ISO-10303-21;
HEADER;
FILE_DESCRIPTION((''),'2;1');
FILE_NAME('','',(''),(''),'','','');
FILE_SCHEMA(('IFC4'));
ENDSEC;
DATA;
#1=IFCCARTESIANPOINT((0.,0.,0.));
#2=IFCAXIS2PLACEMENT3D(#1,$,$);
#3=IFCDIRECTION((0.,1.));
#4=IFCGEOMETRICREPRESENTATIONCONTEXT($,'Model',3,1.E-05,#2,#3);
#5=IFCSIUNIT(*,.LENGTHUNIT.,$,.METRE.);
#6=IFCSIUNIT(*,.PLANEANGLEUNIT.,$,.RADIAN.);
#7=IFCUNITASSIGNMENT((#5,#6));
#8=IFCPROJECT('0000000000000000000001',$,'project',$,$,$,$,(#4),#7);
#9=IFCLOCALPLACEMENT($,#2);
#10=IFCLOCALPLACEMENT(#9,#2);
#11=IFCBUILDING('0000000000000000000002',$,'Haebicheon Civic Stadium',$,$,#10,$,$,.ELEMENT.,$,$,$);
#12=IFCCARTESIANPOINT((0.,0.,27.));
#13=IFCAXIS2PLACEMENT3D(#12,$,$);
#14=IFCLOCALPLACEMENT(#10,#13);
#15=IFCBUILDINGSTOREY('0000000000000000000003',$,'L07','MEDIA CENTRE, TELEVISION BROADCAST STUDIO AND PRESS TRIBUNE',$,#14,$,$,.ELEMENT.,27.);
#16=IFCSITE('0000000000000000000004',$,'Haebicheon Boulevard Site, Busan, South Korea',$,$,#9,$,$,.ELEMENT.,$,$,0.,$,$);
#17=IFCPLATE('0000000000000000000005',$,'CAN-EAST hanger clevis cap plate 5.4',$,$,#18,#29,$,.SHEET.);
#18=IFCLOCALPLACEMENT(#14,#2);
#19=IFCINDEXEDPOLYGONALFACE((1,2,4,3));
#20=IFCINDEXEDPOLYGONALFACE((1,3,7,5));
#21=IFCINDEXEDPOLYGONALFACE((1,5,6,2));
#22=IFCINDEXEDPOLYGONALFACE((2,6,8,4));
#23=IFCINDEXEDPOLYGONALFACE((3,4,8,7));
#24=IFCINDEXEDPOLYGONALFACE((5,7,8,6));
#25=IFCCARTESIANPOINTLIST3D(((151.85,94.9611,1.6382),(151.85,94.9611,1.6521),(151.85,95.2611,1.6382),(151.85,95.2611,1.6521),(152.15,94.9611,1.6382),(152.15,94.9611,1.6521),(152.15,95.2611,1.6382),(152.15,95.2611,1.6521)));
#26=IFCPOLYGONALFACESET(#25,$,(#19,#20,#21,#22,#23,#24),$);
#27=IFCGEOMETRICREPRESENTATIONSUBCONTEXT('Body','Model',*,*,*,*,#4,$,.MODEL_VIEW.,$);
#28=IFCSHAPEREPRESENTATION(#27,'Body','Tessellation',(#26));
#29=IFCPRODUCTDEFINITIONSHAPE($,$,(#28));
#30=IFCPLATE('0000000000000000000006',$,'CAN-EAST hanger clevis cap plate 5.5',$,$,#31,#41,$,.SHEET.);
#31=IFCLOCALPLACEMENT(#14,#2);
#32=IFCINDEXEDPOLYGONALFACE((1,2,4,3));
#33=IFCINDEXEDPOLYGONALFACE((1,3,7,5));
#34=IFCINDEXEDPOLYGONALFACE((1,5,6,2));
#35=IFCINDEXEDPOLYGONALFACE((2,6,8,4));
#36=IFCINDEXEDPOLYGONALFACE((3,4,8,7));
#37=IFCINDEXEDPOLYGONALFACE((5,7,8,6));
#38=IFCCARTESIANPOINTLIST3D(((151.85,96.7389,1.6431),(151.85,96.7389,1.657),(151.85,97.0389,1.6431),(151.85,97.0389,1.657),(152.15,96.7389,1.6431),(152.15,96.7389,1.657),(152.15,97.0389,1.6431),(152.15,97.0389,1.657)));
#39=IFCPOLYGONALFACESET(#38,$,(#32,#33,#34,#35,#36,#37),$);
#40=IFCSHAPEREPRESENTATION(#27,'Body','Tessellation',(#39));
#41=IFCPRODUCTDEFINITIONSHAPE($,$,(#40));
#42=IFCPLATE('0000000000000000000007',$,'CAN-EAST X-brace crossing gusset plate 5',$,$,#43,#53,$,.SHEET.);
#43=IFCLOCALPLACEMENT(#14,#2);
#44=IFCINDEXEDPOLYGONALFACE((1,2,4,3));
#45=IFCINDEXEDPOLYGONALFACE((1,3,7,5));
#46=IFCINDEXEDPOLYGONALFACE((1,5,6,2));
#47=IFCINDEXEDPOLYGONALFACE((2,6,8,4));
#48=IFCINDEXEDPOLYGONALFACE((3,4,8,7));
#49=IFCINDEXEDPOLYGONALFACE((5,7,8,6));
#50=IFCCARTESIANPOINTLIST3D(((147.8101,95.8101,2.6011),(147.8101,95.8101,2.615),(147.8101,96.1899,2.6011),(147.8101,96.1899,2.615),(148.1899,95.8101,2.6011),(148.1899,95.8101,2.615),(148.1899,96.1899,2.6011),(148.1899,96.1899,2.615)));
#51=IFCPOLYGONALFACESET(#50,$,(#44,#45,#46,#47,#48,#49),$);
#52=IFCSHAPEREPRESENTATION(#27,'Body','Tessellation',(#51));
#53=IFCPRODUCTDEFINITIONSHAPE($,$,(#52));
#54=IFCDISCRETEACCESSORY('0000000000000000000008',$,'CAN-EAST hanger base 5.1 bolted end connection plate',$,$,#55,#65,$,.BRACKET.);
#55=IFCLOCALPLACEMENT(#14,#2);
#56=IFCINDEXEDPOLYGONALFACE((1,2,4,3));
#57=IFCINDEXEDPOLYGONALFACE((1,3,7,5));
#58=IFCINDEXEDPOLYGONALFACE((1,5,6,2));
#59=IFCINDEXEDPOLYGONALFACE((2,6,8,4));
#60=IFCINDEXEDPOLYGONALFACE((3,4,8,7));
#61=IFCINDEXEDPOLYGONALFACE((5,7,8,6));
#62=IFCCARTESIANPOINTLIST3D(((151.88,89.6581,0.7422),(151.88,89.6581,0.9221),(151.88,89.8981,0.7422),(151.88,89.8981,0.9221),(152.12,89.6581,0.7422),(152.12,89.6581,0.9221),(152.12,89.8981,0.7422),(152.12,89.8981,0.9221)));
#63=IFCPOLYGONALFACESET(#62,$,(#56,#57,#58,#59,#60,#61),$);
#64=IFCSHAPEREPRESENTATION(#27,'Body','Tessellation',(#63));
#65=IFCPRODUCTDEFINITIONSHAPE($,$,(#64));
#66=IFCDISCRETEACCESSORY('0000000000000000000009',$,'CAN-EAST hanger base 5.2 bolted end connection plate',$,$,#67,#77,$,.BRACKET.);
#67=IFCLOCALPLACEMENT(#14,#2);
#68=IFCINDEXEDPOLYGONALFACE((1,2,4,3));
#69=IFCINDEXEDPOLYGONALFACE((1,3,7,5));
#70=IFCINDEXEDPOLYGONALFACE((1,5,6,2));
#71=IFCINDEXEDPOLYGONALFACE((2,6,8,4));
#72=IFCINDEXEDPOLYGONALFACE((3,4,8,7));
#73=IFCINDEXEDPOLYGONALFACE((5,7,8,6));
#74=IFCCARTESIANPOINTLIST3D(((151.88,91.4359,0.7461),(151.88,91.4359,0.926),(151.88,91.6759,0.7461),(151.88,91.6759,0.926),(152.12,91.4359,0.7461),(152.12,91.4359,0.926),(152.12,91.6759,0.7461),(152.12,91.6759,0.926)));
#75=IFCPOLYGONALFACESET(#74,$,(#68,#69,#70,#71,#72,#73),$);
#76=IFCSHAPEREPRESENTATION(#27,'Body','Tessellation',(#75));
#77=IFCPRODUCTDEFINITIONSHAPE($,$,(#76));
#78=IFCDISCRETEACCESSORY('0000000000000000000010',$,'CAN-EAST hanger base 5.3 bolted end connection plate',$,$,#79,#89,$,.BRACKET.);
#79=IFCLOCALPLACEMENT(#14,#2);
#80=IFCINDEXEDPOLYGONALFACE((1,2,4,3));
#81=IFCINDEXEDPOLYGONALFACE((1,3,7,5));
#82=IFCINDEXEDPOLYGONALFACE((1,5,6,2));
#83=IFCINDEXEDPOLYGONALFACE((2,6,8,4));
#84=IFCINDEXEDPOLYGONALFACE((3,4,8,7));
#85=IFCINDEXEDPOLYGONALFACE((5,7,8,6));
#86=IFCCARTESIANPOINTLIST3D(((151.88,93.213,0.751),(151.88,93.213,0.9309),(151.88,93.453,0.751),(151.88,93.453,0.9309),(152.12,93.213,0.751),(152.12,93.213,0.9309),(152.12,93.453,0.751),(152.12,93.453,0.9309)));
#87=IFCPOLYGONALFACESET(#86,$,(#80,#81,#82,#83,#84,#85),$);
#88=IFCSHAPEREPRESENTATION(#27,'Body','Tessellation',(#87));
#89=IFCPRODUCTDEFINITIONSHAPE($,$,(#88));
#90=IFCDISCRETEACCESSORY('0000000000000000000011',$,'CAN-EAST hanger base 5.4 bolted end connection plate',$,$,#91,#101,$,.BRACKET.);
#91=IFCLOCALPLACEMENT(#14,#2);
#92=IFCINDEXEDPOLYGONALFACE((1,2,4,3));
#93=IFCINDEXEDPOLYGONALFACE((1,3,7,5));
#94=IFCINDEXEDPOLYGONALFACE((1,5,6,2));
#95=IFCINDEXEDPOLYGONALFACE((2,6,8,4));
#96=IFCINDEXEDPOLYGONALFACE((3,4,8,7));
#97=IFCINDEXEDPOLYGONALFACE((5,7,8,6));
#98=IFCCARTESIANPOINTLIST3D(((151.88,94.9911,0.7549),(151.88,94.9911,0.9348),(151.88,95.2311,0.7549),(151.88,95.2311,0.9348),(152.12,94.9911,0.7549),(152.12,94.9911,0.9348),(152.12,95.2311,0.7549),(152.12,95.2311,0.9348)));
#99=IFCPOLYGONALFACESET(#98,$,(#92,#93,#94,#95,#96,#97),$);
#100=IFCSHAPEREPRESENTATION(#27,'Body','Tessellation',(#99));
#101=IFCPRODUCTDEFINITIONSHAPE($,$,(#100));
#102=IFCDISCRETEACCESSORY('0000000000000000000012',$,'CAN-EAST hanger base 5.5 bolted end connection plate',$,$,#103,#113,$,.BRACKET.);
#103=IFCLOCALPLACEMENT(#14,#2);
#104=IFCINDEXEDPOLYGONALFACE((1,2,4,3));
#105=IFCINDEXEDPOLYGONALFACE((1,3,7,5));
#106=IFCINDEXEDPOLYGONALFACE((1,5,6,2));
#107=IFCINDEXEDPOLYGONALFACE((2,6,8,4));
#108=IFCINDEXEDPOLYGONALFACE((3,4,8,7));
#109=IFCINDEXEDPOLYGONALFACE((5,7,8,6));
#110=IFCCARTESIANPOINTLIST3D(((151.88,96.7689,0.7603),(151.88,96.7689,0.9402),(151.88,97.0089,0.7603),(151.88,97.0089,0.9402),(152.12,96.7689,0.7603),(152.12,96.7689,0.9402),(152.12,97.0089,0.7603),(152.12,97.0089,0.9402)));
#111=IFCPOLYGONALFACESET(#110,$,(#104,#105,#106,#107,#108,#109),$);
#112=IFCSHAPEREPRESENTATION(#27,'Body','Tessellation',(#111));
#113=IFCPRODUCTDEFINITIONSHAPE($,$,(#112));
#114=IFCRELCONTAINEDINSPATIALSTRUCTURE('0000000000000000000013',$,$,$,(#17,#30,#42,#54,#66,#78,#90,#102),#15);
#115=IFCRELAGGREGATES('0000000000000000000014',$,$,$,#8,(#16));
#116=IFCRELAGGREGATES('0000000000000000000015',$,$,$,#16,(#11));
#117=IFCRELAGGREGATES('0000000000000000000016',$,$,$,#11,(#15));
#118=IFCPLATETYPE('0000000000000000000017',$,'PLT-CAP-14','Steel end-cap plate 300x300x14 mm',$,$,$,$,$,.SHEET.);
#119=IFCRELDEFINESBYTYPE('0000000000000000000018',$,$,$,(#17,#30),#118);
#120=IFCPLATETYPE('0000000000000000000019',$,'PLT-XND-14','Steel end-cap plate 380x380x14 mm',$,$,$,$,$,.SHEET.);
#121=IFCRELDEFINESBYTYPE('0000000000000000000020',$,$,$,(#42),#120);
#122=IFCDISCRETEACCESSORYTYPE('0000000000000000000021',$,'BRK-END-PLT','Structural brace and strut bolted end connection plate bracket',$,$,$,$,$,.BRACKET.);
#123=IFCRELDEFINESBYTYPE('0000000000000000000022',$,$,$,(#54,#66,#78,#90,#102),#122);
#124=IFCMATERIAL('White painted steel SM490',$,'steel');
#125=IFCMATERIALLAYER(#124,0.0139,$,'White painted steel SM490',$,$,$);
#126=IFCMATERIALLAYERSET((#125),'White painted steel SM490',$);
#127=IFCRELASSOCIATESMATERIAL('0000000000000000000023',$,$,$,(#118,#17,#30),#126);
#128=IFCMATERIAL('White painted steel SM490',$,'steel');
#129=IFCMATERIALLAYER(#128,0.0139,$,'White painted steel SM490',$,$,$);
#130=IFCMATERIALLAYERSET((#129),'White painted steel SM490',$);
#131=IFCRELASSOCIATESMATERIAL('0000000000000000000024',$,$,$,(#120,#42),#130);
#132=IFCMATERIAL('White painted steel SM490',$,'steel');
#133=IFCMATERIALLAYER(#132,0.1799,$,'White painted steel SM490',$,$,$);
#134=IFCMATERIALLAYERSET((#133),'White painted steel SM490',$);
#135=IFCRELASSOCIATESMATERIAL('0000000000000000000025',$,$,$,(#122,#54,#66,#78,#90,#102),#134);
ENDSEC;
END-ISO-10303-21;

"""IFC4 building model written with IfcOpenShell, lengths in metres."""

from ifc_helpers import new_model, si_unit, direction, frame, origin, origin_2d, place, context, subcontext, project, spatial, rectangle, extrude, material, layer, layer_set, type_object, element, save


model = new_model("IFC4")

# Units and contexts
model_context = context("Model", 3, precision=1e-05, world=origin(), true_north=direction((0.0, 1.0)))
body_context = subcontext(model_context, "Body", "Model", "MODEL_VIEW")
ifc_project = project(units=[si_unit("LENGTHUNIT", "METRE"), si_unit("PLANEANGLEUNIT", "RADIAN")], contexts=[model_context])

# Site, building, storey
site_placement = place(None, origin())
site = spatial("IfcSite", under=ifc_project, at=site_placement, Name="Haebicheon Boulevard Site, Busan, South Korea", CompositionType="ELEMENT", RefElevation=0.0)
building_placement = place(site_placement, origin())
building = spatial("IfcBuilding", under=site, at=building_placement, Name="Haebicheon Civic Stadium", CompositionType="ELEMENT")
storey_placement = place(building_placement, frame((0.0, 0.0, 27.0)))
storey = spatial("IfcBuildingStorey", under=building, at=storey_placement, Name="L07", Description="MEDIA CENTRE, TELEVISION BROADCAST STUDIO AND PRESS TRIBUNE", CompositionType="ELEMENT", Elevation=27.0)

# Plates
ifc_material_1 = material(Name="White painted steel SM490", Category="steel")
ifc_layer_1 = layer(ifc_material_1, 0.0139, Name="White painted steel SM490")
ifc_layer_set_1 = layer_set([ifc_layer_1], Name="White painted steel SM490")
plate_type_1 = type_object("IfcPlateType", Name="PLT-CAP-14", Description="Steel end-cap plate 300x300x14 mm", PredefinedType="SHEET", material=ifc_layer_set_1)
for number, where, z_axis, x_axis, name in (
    (1, (152.0, 95.1111, 1.6382), (0.0, 0.0, 1.0), (1.0, 0.0, 0.0), "CAN-EAST hanger clevis cap plate 5.4"),
    (2, (152.0, 96.8889, 1.6431), (0.0, 0.0, 1.0), (1.0, 0.0, 0.0), "CAN-EAST hanger clevis cap plate 5.5"),
):
    element("IfcPlate", number, at=place(storey_placement, frame(where, z_axis=z_axis, x_axis=x_axis)), inside=storey, type_object=plate_type_1, material=ifc_layer_set_1, Name=name, PredefinedType="SHEET", context=body_context, shape_type="SweptSolid", body=[
        extrude(rectangle(XDim=0.3, YDim=0.3, at=origin_2d()), origin(), (0.0, 0.0, 1.0), 0.0139),
    ])
ifc_material_2 = material(Name="White painted steel SM490", Category="steel")
ifc_layer_2 = layer(ifc_material_2, 0.0139, Name="White painted steel SM490")
ifc_layer_set_2 = layer_set([ifc_layer_2], Name="White painted steel SM490")
plate_type_2 = type_object("IfcPlateType", Name="PLT-XND-14", Description="Steel end-cap plate 380x380x14 mm", PredefinedType="SHEET", material=ifc_layer_set_2)
plate_placement = place(storey_placement, frame((148.0, 96.0, 2.6011), z_axis=(0.0, 0.0, 1.0), x_axis=(1.0, 0.0, 0.0)))
element("IfcPlate", 3, at=plate_placement, inside=storey, type_object=plate_type_2, material=ifc_layer_set_2, Name="CAN-EAST X-brace crossing gusset plate 5", PredefinedType="SHEET", context=body_context, shape_type="SweptSolid", body=[
    extrude(rectangle(XDim=0.3799, YDim=0.3799, at=origin_2d()), origin(), (0.0, 0.0, 1.0), 0.0139),
])

# Discrete accessories
ifc_material_3 = material(Name="White painted steel SM490", Category="steel")
ifc_layer_3 = layer(ifc_material_3, 0.1799, Name="White painted steel SM490")
ifc_layer_set_3 = layer_set([ifc_layer_3], Name="White painted steel SM490")
discrete_accessory_type = type_object("IfcDiscreteAccessoryType", Name="BRK-END-PLT", Description="Structural brace and strut bolted end connection plate bracket", PredefinedType="BRACKET", material=ifc_layer_set_3)
for number, where, z_axis, x_axis, name in (
    (4, (152.0, 89.7781, 0.7422), (0.0, 0.0, 1.0), (1.0, 0.0, 0.0), "CAN-EAST hanger base 5.1 bolted end connection plate"),
    (5, (152.0, 91.5559, 0.7461), (0.0, 0.0, 1.0), (1.0, 0.0, 0.0), "CAN-EAST hanger base 5.2 bolted end connection plate"),
    (6, (152.0, 93.333, 0.751), (0.0, 0.0, 1.0), (1.0, 0.0, 0.0), "CAN-EAST hanger base 5.3 bolted end connection plate"),
    (7, (152.0, 95.1111, 0.7549), (0.0, 0.0, 1.0), (1.0, 0.0, 0.0), "CAN-EAST hanger base 5.4 bolted end connection plate"),
    (8, (152.0, 96.8889, 0.7603), (0.0, 0.0, 1.0), (1.0, 0.0, 0.0), "CAN-EAST hanger base 5.5 bolted end connection plate"),
):
    element("IfcDiscreteAccessory", number, at=place(storey_placement, frame(where, z_axis=z_axis, x_axis=x_axis)), inside=storey, type_object=discrete_accessory_type, material=ifc_layer_set_3, Name=name, PredefinedType="BRACKET", context=body_context, shape_type="SweptSolid", body=[
        extrude(rectangle(XDim=0.24, YDim=0.24, at=origin_2d()), origin(), (0.0, 0.0, 1.0), 0.1799),
    ])

save(model, "model.ifc")
